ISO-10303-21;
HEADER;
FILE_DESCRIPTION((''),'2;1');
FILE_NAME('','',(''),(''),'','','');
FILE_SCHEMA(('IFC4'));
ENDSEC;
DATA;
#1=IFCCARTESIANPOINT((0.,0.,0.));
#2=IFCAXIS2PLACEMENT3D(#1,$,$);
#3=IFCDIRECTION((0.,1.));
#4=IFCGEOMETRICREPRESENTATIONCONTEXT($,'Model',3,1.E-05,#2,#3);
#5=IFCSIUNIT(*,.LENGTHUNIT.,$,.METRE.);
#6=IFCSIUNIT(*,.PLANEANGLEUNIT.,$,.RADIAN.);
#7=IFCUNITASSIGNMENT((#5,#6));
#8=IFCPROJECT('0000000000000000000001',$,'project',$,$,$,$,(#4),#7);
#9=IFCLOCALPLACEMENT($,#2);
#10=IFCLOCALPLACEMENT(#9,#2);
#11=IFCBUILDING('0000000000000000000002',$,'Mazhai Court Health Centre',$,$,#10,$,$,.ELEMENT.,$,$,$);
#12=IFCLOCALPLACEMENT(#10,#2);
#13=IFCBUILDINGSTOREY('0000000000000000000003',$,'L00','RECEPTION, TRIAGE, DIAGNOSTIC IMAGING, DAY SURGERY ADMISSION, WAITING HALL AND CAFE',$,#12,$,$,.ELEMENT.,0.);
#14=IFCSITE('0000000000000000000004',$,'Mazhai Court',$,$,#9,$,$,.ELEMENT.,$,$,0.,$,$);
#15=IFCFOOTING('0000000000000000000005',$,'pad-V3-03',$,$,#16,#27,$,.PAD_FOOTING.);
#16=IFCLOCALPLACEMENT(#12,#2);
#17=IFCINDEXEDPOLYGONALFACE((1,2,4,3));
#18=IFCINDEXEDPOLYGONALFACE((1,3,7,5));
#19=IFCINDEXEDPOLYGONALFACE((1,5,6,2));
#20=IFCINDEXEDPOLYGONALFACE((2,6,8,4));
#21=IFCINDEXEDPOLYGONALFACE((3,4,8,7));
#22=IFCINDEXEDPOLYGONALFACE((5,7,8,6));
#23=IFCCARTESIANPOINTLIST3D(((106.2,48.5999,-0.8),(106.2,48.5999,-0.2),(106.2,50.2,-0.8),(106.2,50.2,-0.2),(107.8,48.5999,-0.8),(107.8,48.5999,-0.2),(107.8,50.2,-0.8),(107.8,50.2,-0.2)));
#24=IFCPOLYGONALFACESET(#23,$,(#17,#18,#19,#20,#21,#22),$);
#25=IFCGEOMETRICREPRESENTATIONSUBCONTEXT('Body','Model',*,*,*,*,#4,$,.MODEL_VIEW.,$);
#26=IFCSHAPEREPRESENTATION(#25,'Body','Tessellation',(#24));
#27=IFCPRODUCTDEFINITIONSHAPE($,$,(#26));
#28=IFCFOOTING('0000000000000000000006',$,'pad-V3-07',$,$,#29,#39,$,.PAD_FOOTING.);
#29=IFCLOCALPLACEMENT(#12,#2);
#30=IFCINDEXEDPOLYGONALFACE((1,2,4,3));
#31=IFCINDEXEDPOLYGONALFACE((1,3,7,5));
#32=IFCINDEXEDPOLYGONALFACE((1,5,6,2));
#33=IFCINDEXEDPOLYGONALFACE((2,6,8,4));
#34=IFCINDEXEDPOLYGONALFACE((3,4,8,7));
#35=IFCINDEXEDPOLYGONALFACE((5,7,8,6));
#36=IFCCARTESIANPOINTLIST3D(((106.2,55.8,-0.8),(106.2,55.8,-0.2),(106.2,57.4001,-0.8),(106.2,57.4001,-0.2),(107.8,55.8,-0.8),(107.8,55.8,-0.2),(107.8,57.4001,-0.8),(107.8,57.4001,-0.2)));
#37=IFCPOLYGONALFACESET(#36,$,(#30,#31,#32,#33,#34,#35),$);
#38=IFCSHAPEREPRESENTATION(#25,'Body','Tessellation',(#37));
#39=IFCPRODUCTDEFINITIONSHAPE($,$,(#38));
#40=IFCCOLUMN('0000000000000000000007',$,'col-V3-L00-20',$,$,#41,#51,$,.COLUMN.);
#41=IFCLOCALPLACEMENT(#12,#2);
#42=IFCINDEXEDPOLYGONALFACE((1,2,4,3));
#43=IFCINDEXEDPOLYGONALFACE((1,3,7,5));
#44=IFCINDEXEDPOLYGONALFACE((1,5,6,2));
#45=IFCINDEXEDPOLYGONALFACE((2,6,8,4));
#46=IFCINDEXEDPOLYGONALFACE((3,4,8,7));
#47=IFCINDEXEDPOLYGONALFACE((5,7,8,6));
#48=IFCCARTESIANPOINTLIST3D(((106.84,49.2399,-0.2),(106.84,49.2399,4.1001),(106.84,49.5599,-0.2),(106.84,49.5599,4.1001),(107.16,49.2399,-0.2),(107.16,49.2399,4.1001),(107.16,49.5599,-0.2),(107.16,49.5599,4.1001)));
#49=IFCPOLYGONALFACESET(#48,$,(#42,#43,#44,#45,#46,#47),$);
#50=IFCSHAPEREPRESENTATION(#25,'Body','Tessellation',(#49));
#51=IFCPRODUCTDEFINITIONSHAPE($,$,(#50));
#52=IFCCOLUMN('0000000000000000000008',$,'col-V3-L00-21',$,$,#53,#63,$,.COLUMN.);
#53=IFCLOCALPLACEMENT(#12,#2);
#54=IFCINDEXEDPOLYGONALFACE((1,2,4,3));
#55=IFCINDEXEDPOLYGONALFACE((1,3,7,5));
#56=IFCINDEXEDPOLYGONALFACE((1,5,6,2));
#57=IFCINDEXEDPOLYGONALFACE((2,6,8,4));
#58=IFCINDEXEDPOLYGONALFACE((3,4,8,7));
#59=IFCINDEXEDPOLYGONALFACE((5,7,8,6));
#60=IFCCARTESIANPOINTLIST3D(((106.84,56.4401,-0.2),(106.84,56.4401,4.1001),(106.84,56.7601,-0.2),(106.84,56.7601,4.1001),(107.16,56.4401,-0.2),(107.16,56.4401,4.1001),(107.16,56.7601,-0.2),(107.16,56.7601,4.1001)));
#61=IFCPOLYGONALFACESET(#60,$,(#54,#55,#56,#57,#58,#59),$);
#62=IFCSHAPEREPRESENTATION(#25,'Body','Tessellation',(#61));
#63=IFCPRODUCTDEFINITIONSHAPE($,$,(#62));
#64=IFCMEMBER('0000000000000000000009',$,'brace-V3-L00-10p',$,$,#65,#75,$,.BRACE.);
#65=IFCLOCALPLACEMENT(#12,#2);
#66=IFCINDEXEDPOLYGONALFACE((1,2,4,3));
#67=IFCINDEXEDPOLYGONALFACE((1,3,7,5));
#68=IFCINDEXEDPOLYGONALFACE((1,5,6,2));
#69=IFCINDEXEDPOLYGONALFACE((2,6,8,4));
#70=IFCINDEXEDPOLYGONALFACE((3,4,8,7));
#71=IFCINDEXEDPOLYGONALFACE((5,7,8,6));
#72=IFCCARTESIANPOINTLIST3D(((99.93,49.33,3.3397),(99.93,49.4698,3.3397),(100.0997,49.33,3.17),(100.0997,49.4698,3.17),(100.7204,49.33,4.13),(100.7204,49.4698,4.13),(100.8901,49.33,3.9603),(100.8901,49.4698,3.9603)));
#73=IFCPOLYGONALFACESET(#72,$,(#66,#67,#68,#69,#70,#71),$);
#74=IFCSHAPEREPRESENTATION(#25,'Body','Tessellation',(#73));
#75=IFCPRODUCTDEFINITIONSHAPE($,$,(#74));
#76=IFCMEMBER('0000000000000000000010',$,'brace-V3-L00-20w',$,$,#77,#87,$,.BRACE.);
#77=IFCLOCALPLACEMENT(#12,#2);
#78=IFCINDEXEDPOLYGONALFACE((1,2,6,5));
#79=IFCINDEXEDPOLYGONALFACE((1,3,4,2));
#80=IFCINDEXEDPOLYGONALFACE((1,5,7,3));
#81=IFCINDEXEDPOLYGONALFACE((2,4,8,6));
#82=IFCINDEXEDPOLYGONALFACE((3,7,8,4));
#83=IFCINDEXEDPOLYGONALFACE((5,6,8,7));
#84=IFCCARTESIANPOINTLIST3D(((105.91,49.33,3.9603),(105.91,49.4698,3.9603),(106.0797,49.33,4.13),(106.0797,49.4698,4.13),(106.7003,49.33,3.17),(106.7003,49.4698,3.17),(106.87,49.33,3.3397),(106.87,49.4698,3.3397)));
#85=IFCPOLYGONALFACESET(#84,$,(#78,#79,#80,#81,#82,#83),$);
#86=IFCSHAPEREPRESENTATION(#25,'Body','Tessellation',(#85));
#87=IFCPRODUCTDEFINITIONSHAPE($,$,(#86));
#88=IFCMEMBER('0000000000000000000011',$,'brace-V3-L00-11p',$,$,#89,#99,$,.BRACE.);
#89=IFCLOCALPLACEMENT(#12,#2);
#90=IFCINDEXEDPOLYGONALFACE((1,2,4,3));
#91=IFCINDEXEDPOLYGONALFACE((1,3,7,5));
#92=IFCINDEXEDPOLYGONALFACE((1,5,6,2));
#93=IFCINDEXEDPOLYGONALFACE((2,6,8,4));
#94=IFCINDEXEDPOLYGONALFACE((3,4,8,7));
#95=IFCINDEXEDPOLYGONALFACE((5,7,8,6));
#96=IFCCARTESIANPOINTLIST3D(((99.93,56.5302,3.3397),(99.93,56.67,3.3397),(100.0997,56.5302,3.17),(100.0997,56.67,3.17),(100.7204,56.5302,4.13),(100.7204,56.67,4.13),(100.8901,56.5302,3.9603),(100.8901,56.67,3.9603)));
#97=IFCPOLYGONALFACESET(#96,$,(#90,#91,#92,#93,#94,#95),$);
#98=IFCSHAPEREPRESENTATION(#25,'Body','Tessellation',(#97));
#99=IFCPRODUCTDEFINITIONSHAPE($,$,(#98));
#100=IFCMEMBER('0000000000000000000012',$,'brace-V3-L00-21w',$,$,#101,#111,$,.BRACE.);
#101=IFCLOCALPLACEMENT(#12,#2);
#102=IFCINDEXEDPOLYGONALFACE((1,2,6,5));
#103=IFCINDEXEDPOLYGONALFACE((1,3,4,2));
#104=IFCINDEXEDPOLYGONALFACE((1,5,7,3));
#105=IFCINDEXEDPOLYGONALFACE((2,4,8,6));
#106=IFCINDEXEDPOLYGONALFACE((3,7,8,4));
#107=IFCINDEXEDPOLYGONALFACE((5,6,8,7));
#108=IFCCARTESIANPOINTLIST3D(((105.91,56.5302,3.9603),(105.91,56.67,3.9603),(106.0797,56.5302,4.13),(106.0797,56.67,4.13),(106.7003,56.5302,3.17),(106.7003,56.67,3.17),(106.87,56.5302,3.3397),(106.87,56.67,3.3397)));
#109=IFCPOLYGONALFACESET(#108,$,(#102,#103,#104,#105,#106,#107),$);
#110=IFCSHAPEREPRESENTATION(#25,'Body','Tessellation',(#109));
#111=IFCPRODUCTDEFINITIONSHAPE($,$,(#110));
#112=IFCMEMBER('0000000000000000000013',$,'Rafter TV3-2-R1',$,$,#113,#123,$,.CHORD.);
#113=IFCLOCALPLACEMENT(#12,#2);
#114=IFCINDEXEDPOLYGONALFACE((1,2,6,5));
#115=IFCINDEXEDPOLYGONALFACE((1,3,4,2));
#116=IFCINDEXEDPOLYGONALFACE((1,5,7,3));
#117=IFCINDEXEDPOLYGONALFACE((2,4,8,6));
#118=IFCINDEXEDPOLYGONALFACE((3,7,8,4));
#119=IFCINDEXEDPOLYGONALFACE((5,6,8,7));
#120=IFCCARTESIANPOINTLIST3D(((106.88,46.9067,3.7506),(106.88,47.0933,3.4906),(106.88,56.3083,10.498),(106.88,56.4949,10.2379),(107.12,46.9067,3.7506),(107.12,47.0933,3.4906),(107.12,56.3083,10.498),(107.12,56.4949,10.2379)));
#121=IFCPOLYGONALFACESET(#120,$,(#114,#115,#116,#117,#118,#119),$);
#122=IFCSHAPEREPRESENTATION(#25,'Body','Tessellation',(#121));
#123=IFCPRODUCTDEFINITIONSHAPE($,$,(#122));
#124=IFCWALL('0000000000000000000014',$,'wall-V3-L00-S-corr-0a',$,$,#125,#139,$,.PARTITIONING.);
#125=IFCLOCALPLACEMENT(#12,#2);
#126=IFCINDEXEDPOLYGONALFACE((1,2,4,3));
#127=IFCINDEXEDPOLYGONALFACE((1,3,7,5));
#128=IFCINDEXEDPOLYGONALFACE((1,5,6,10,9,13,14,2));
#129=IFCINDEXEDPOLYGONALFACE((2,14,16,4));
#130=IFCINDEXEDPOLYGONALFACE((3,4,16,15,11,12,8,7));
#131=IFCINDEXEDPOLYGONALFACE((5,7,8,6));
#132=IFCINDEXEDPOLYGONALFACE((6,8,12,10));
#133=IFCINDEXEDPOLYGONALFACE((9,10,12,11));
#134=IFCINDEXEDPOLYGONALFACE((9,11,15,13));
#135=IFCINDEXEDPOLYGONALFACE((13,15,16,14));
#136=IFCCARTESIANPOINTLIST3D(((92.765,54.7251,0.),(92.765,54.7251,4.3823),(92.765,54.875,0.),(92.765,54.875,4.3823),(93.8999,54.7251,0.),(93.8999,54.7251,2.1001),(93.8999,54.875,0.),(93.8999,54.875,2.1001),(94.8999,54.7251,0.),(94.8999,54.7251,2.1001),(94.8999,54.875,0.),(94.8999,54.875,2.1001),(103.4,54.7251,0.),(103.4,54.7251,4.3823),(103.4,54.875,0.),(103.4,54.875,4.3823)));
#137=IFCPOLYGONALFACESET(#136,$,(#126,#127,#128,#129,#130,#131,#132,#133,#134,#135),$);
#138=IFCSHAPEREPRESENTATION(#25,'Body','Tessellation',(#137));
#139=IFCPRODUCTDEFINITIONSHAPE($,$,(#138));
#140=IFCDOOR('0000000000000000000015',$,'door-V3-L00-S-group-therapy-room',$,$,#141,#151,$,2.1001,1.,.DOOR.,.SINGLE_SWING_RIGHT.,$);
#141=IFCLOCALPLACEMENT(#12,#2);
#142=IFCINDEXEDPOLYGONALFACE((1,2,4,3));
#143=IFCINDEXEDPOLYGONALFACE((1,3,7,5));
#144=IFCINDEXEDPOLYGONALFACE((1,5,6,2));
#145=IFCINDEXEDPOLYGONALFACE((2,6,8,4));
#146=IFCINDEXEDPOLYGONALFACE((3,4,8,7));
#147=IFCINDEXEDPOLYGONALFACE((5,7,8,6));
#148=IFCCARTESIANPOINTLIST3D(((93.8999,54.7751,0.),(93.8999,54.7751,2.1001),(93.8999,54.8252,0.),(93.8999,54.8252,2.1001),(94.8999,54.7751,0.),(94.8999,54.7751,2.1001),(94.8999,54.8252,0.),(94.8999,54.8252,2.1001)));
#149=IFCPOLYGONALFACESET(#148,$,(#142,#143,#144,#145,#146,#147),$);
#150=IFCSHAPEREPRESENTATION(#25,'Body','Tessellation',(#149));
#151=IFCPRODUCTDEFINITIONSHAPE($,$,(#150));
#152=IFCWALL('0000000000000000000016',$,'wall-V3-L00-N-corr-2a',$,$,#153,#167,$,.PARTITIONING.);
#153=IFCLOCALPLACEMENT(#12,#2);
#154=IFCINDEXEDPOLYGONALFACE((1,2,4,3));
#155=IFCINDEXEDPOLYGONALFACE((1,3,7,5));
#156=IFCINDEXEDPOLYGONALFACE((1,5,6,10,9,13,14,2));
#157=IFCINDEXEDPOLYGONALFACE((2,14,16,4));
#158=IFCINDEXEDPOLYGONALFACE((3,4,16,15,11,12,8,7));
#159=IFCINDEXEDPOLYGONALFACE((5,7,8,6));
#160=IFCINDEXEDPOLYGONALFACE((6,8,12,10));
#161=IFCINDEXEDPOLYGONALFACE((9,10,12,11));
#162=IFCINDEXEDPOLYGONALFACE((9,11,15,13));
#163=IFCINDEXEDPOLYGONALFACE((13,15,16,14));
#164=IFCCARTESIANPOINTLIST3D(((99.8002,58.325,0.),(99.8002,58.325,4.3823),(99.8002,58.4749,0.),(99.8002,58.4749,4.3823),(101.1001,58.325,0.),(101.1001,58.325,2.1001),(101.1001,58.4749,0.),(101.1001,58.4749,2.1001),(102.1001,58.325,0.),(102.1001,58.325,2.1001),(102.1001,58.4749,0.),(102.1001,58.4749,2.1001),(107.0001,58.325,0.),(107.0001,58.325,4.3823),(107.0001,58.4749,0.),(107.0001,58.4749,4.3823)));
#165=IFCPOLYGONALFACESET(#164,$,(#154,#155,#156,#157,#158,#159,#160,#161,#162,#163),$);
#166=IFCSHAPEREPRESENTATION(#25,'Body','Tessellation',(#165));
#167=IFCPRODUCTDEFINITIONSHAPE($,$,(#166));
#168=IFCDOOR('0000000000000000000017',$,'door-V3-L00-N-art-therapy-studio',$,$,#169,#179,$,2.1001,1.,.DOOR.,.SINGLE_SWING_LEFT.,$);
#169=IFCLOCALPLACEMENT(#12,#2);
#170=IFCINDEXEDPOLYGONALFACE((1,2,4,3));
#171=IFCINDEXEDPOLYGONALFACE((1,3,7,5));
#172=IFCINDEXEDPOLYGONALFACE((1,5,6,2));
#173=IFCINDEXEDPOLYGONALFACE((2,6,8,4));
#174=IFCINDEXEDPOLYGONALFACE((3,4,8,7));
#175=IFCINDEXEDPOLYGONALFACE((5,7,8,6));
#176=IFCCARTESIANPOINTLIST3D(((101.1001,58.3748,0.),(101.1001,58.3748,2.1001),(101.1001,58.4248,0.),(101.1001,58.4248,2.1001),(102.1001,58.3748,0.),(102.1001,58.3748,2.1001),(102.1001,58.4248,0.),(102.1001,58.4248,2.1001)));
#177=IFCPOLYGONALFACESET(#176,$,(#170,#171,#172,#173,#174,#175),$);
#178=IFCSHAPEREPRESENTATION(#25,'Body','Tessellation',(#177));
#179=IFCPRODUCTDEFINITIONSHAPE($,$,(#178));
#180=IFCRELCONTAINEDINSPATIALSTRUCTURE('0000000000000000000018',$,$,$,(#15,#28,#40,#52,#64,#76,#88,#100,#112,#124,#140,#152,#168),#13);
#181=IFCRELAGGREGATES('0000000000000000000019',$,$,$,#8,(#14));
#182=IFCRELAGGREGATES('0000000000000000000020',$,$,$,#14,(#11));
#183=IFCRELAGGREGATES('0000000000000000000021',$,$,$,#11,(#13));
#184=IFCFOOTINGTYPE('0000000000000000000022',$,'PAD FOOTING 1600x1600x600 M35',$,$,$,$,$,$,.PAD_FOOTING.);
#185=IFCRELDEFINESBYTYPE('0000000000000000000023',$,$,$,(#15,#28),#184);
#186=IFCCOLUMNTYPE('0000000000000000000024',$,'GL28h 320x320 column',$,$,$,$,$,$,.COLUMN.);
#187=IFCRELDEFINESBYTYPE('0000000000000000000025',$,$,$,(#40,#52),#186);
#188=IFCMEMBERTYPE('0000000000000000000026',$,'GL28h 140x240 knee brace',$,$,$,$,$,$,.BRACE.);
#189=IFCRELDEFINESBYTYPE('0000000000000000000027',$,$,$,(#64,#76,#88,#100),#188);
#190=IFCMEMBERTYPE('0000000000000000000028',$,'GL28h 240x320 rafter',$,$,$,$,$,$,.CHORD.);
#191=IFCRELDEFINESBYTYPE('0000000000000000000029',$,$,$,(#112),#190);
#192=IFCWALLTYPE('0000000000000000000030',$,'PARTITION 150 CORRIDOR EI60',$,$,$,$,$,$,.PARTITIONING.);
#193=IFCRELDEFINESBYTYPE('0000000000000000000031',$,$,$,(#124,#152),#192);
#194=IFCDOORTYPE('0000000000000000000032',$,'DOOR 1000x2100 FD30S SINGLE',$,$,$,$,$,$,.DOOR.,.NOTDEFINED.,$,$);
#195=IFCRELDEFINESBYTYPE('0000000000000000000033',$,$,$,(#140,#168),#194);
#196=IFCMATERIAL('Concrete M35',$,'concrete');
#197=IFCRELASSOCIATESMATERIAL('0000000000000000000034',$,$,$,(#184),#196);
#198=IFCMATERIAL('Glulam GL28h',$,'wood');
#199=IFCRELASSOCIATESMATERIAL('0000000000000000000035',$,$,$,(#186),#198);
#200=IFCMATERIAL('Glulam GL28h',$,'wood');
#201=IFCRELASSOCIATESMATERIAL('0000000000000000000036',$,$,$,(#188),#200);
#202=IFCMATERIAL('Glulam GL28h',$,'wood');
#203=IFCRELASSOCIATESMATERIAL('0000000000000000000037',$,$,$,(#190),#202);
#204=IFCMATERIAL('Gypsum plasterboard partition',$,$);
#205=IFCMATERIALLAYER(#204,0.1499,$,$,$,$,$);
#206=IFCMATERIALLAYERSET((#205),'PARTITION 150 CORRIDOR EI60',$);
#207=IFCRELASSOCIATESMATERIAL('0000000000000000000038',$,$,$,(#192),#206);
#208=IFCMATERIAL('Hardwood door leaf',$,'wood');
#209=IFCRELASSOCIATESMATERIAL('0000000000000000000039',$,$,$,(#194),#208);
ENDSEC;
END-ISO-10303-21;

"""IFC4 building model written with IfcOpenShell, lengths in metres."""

from ifc_helpers import new_model, si_unit, direction, frame, frame_2d, origin, origin_2d, place, context, subcontext, project, spatial, rectangle, extrude, material, layer, layer_set, material_profile, profile_set, type_object, element, fill, save


model = new_model("IFC4")

# Units and contexts
model_context = context("Model", 3, precision=1e-05, world=origin(), true_north=direction((0.0, 1.0)))
body_context = subcontext(model_context, "Body", "Model", "MODEL_VIEW")
ifc_project = project(units=[si_unit("LENGTHUNIT", "METRE"), si_unit("PLANEANGLEUNIT", "RADIAN")], contexts=[model_context])

# Site, building, storey
site_placement = place(None, origin())
site = spatial("IfcSite", under=ifc_project, at=site_placement, Name="Mazhai Court", CompositionType="ELEMENT", RefElevation=0.0)
building_placement = place(site_placement, origin())
building = spatial("IfcBuilding", under=site, at=building_placement, Name="Mazhai Court Health Centre", CompositionType="ELEMENT")
storey_placement = place(building_placement, origin())
storey = spatial("IfcBuildingStorey", under=building, at=storey_placement, Name="L00", Description="RECEPTION, TRIAGE, DIAGNOSTIC IMAGING, DAY SURGERY ADMISSION, WAITING HALL AND CAFE", CompositionType="ELEMENT", Elevation=0.0)

# Footings
ifc_material_1 = material(Name="Concrete M35", Category="concrete")
footing_type = type_object("IfcFootingType", Name="PAD FOOTING 1600x1600x600 M35", PredefinedType="PAD_FOOTING", material=ifc_material_1)
for number, where, z_axis, x_axis, name in (
    (1, (107.0, 49.3999, -0.8), (0.0, 0.0, 1.0), (1.0, 0.0, 0.0), "pad-V3-03"),
    (2, (107.0, 56.6001, -0.8), (0.0, 0.0, 1.0), (1.0, 0.0, 0.0), "pad-V3-07"),
):
    element("IfcFooting", number, at=place(storey_placement, frame(where, z_axis=z_axis, x_axis=x_axis)), inside=storey, type_object=footing_type, Name=name, PredefinedType="PAD_FOOTING", context=body_context, shape_type="SweptSolid", body=[
        extrude(rectangle(XDim=1.6001, YDim=1.6001, at=origin_2d()), origin(), (0.0, 0.0, 1.0), 0.6001),
    ])

# Columns
ifc_material_2 = material(Name="Glulam GL28h", Category="wood")
ifc_material_profile_1 = material_profile(ifc_material_2, rectangle(XDim=0.3201, YDim=0.3201, at=origin_2d()), Name="GL28h 320x320")
ifc_profile_set_1 = profile_set([ifc_material_profile_1], Name="Glulam GL28h")
column_type = type_object("IfcColumnType", Name="GL28h 320x320 column", PredefinedType="COLUMN", material=ifc_profile_set_1)
for number, where, z_axis, x_axis, name in (
    (3, (107.0, 49.3999, -0.2), (0.0, 0.0, 1.0), (1.0, 0.0, 0.0), "col-V3-L00-20"),
    (4, (107.0, 56.6001, -0.2), (0.0, 0.0, 1.0), (1.0, 0.0, 0.0), "col-V3-L00-21"),
):
    element("IfcColumn", number, at=place(storey_placement, frame(where, z_axis=z_axis, x_axis=x_axis)), inside=storey, type_object=column_type, Name=name, PredefinedType="COLUMN", context=body_context, shape_type="SweptSolid", body=[
        extrude(rectangle(XDim=0.3201, YDim=0.3201, at=origin_2d()), origin(), (0.0, 0.0, 1.0), 4.3),
    ])

# Members
ifc_material_3 = material(Name="Glulam GL28h", Category="wood")
ifc_material_profile_2 = material_profile(ifc_material_3, rectangle(XDim=0.1399, YDim=0.24, at=origin_2d()), Name="GL28h 140x240")
ifc_profile_set_2 = profile_set([ifc_material_profile_2], Name="Glulam GL28h")
member_type_1 = type_object("IfcMemberType", Name="GL28h 140x240 knee brace", PredefinedType="BRACE", material=ifc_profile_set_2)
for number, where, z_axis, x_axis, name in (
    (5, (100.0149, 49.3999, 3.2549), (0.707107, 0.0, 0.707107), (0.0, 1.0, 0.0), "brace-V3-L00-10p"),
    (6, (106.7852, 49.3999, 3.2549), (-0.707107, 0.0, 0.707107), (0.0, -1.0, 0.0), "brace-V3-L00-20w"),
    (7, (100.0149, 56.6001, 3.2549), (0.707107, 0.0, 0.707107), (0.0, 1.0, 0.0), "brace-V3-L00-11p"),
    (8, (106.7852, 56.6001, 3.2549), (-0.707107, 0.0, 0.707107), (0.0, -1.0, 0.0), "brace-V3-L00-21w"),
):
    element("IfcMember", number, at=place(storey_placement, frame(where, z_axis=z_axis, x_axis=x_axis)), inside=storey, type_object=member_type_1, Name=name, PredefinedType="BRACE", context=body_context, shape_type="SweptSolid", body=[
        extrude(rectangle(XDim=0.1399, YDim=0.24, at=origin_2d()), origin(), (0.0, 0.0, 1.0), 1.1177),
    ])
ifc_material_4 = material(Name="Glulam GL28h", Category="wood")
ifc_material_profile_3 = material_profile(ifc_material_4, rectangle(XDim=0.24, YDim=0.3201, at=origin_2d()), Name="GL28h 240x320")
ifc_profile_set_3 = profile_set([ifc_material_profile_3], Name="Glulam GL28h")
member_type_2 = type_object("IfcMemberType", Name="GL28h 240x320 rafter", PredefinedType="CHORD", material=ifc_profile_set_3)
member_placement = place(storey_placement, frame((107.0, 47.0, 3.6206), z_axis=(0.0, 0.812429, 0.583061), x_axis=(-1.0, 0.0, 0.0)))
element("IfcMember", 9, at=member_placement, inside=storey, type_object=member_type_2, Name="Rafter TV3-2-R1", PredefinedType="CHORD", context=body_context, shape_type="SweptSolid", body=[
    extrude(rectangle(XDim=0.24, YDim=0.3201, at=origin_2d()), origin(), (0.0, 0.0, 1.0), 11.5723),
])

# Walls, openings, doors
ifc_material_5 = material(Name="Gypsum plasterboard partition")
ifc_layer_1 = layer(ifc_material_5, 0.1499)
ifc_layer_set_1 = layer_set([ifc_layer_1], Name="PARTITION 150 CORRIDOR EI60")
wall_type_1 = type_object("IfcWallType", Name="PARTITION 150 CORRIDOR EI60", PredefinedType="PARTITIONING", material=ifc_layer_set_1)
wall_1_placement = place(storey_placement, frame((103.3999, 54.8, 0.0), z_axis=(0.0, 0.0, 1.0), x_axis=(-1.0, 0.0, 0.0)))
wall_1 = element("IfcWall", 10, at=wall_1_placement, inside=storey, type_object=wall_type_1, Name="wall-V3-L00-S-corr-0a", PredefinedType="PARTITIONING", context=body_context, shape_type="SweptSolid", body=[
    extrude(rectangle(XDim=10.635, YDim=0.1499, at=frame_2d((5.3174, 0.0))), origin(), (0.0, 0.0, 1.0), 4.3823),
])
opening_1_placement = place(wall_1_placement, frame((8.5, 0.0, 0.0)))
opening_1 = element("IfcOpeningElement", 11, at=opening_1_placement, cuts=wall_1, PredefinedType="OPENING", context=body_context, shape_type="SweptSolid", body=[
    extrude(rectangle(XDim=1.0, YDim=2.1001, at=frame_2d((0.5, 1.05))), frame((0.0, 0.085, 0.0), z_axis=(0.0, -1.0, 0.0), x_axis=(1.0, 0.0, 0.0)), (0.0, 0.0, 1.0), 0.1699),
])
ifc_material_6 = material(Name="Hardwood door leaf", Category="wood")
door_type_1 = type_object("IfcDoorType", Name="DOOR 1000x2100 FD30S SINGLE", OperationType="NOTDEFINED", PredefinedType="DOOR", material=ifc_material_6)
door_1_placement = place(opening_1_placement, origin())
door_1 = element("IfcDoor", 12, at=door_1_placement, inside=storey, type_object=door_type_1, Name="door-V3-L00-S-group-therapy-room", OperationType="SINGLE_SWING_RIGHT", OverallHeight=2.1001, OverallWidth=1.0, PredefinedType="DOOR", context=body_context, shape_type="SweptSolid", body=[
    extrude(rectangle(XDim=1.0, YDim=2.1001, at=frame_2d((0.5, 1.05))), frame((0.0, 0.0249, 0.0), z_axis=(0.0, -1.0, 0.0), x_axis=(1.0, 0.0, 0.0)), (0.0, 0.0, 1.0), 0.05),
])
fill(opening_1, door_1)
wall_2_placement = place(storey_placement, frame((99.8, 58.3999, 0.0), z_axis=(0.0, 0.0, 1.0), x_axis=(1.0, 0.0, 0.0)))
wall_2 = element("IfcWall", 13, at=wall_2_placement, inside=storey, type_object=wall_type_1, Name="wall-V3-L00-N-corr-2a", PredefinedType="PARTITIONING", context=body_context, shape_type="SweptSolid", body=[
    extrude(rectangle(XDim=7.2, YDim=0.1499, at=frame_2d((3.6001, 0.0))), origin(), (0.0, 0.0, 1.0), 4.3823),
])
opening_2_placement = place(wall_2_placement, frame((1.3, 0.0, 0.0)))
opening_2 = element("IfcOpeningElement", 14, at=opening_2_placement, cuts=wall_2, PredefinedType="OPENING", context=body_context, shape_type="SweptSolid", body=[
    extrude(rectangle(XDim=1.0, YDim=2.1001, at=frame_2d((0.5, 1.05))), frame((0.0, 0.085, 0.0), z_axis=(0.0, -1.0, 0.0), x_axis=(1.0, 0.0, 0.0)), (0.0, 0.0, 1.0), 0.1699),
])
door_2_placement = place(opening_2_placement, origin())
door_2 = element("IfcDoor", 15, at=door_2_placement, inside=storey, type_object=door_type_1, Name="door-V3-L00-N-art-therapy-studio", OperationType="SINGLE_SWING_LEFT", OverallHeight=2.1001, OverallWidth=1.0, PredefinedType="DOOR", context=body_context, shape_type="SweptSolid", body=[
    extrude(rectangle(XDim=1.0, YDim=2.1001, at=frame_2d((0.5, 1.05))), frame((0.0, 0.0249, 0.0), z_axis=(0.0, -1.0, 0.0), x_axis=(1.0, 0.0, 0.0)), (0.0, 0.0, 1.0), 0.05),
])
fill(opening_2, door_2)

save(model, "model.ifc")
